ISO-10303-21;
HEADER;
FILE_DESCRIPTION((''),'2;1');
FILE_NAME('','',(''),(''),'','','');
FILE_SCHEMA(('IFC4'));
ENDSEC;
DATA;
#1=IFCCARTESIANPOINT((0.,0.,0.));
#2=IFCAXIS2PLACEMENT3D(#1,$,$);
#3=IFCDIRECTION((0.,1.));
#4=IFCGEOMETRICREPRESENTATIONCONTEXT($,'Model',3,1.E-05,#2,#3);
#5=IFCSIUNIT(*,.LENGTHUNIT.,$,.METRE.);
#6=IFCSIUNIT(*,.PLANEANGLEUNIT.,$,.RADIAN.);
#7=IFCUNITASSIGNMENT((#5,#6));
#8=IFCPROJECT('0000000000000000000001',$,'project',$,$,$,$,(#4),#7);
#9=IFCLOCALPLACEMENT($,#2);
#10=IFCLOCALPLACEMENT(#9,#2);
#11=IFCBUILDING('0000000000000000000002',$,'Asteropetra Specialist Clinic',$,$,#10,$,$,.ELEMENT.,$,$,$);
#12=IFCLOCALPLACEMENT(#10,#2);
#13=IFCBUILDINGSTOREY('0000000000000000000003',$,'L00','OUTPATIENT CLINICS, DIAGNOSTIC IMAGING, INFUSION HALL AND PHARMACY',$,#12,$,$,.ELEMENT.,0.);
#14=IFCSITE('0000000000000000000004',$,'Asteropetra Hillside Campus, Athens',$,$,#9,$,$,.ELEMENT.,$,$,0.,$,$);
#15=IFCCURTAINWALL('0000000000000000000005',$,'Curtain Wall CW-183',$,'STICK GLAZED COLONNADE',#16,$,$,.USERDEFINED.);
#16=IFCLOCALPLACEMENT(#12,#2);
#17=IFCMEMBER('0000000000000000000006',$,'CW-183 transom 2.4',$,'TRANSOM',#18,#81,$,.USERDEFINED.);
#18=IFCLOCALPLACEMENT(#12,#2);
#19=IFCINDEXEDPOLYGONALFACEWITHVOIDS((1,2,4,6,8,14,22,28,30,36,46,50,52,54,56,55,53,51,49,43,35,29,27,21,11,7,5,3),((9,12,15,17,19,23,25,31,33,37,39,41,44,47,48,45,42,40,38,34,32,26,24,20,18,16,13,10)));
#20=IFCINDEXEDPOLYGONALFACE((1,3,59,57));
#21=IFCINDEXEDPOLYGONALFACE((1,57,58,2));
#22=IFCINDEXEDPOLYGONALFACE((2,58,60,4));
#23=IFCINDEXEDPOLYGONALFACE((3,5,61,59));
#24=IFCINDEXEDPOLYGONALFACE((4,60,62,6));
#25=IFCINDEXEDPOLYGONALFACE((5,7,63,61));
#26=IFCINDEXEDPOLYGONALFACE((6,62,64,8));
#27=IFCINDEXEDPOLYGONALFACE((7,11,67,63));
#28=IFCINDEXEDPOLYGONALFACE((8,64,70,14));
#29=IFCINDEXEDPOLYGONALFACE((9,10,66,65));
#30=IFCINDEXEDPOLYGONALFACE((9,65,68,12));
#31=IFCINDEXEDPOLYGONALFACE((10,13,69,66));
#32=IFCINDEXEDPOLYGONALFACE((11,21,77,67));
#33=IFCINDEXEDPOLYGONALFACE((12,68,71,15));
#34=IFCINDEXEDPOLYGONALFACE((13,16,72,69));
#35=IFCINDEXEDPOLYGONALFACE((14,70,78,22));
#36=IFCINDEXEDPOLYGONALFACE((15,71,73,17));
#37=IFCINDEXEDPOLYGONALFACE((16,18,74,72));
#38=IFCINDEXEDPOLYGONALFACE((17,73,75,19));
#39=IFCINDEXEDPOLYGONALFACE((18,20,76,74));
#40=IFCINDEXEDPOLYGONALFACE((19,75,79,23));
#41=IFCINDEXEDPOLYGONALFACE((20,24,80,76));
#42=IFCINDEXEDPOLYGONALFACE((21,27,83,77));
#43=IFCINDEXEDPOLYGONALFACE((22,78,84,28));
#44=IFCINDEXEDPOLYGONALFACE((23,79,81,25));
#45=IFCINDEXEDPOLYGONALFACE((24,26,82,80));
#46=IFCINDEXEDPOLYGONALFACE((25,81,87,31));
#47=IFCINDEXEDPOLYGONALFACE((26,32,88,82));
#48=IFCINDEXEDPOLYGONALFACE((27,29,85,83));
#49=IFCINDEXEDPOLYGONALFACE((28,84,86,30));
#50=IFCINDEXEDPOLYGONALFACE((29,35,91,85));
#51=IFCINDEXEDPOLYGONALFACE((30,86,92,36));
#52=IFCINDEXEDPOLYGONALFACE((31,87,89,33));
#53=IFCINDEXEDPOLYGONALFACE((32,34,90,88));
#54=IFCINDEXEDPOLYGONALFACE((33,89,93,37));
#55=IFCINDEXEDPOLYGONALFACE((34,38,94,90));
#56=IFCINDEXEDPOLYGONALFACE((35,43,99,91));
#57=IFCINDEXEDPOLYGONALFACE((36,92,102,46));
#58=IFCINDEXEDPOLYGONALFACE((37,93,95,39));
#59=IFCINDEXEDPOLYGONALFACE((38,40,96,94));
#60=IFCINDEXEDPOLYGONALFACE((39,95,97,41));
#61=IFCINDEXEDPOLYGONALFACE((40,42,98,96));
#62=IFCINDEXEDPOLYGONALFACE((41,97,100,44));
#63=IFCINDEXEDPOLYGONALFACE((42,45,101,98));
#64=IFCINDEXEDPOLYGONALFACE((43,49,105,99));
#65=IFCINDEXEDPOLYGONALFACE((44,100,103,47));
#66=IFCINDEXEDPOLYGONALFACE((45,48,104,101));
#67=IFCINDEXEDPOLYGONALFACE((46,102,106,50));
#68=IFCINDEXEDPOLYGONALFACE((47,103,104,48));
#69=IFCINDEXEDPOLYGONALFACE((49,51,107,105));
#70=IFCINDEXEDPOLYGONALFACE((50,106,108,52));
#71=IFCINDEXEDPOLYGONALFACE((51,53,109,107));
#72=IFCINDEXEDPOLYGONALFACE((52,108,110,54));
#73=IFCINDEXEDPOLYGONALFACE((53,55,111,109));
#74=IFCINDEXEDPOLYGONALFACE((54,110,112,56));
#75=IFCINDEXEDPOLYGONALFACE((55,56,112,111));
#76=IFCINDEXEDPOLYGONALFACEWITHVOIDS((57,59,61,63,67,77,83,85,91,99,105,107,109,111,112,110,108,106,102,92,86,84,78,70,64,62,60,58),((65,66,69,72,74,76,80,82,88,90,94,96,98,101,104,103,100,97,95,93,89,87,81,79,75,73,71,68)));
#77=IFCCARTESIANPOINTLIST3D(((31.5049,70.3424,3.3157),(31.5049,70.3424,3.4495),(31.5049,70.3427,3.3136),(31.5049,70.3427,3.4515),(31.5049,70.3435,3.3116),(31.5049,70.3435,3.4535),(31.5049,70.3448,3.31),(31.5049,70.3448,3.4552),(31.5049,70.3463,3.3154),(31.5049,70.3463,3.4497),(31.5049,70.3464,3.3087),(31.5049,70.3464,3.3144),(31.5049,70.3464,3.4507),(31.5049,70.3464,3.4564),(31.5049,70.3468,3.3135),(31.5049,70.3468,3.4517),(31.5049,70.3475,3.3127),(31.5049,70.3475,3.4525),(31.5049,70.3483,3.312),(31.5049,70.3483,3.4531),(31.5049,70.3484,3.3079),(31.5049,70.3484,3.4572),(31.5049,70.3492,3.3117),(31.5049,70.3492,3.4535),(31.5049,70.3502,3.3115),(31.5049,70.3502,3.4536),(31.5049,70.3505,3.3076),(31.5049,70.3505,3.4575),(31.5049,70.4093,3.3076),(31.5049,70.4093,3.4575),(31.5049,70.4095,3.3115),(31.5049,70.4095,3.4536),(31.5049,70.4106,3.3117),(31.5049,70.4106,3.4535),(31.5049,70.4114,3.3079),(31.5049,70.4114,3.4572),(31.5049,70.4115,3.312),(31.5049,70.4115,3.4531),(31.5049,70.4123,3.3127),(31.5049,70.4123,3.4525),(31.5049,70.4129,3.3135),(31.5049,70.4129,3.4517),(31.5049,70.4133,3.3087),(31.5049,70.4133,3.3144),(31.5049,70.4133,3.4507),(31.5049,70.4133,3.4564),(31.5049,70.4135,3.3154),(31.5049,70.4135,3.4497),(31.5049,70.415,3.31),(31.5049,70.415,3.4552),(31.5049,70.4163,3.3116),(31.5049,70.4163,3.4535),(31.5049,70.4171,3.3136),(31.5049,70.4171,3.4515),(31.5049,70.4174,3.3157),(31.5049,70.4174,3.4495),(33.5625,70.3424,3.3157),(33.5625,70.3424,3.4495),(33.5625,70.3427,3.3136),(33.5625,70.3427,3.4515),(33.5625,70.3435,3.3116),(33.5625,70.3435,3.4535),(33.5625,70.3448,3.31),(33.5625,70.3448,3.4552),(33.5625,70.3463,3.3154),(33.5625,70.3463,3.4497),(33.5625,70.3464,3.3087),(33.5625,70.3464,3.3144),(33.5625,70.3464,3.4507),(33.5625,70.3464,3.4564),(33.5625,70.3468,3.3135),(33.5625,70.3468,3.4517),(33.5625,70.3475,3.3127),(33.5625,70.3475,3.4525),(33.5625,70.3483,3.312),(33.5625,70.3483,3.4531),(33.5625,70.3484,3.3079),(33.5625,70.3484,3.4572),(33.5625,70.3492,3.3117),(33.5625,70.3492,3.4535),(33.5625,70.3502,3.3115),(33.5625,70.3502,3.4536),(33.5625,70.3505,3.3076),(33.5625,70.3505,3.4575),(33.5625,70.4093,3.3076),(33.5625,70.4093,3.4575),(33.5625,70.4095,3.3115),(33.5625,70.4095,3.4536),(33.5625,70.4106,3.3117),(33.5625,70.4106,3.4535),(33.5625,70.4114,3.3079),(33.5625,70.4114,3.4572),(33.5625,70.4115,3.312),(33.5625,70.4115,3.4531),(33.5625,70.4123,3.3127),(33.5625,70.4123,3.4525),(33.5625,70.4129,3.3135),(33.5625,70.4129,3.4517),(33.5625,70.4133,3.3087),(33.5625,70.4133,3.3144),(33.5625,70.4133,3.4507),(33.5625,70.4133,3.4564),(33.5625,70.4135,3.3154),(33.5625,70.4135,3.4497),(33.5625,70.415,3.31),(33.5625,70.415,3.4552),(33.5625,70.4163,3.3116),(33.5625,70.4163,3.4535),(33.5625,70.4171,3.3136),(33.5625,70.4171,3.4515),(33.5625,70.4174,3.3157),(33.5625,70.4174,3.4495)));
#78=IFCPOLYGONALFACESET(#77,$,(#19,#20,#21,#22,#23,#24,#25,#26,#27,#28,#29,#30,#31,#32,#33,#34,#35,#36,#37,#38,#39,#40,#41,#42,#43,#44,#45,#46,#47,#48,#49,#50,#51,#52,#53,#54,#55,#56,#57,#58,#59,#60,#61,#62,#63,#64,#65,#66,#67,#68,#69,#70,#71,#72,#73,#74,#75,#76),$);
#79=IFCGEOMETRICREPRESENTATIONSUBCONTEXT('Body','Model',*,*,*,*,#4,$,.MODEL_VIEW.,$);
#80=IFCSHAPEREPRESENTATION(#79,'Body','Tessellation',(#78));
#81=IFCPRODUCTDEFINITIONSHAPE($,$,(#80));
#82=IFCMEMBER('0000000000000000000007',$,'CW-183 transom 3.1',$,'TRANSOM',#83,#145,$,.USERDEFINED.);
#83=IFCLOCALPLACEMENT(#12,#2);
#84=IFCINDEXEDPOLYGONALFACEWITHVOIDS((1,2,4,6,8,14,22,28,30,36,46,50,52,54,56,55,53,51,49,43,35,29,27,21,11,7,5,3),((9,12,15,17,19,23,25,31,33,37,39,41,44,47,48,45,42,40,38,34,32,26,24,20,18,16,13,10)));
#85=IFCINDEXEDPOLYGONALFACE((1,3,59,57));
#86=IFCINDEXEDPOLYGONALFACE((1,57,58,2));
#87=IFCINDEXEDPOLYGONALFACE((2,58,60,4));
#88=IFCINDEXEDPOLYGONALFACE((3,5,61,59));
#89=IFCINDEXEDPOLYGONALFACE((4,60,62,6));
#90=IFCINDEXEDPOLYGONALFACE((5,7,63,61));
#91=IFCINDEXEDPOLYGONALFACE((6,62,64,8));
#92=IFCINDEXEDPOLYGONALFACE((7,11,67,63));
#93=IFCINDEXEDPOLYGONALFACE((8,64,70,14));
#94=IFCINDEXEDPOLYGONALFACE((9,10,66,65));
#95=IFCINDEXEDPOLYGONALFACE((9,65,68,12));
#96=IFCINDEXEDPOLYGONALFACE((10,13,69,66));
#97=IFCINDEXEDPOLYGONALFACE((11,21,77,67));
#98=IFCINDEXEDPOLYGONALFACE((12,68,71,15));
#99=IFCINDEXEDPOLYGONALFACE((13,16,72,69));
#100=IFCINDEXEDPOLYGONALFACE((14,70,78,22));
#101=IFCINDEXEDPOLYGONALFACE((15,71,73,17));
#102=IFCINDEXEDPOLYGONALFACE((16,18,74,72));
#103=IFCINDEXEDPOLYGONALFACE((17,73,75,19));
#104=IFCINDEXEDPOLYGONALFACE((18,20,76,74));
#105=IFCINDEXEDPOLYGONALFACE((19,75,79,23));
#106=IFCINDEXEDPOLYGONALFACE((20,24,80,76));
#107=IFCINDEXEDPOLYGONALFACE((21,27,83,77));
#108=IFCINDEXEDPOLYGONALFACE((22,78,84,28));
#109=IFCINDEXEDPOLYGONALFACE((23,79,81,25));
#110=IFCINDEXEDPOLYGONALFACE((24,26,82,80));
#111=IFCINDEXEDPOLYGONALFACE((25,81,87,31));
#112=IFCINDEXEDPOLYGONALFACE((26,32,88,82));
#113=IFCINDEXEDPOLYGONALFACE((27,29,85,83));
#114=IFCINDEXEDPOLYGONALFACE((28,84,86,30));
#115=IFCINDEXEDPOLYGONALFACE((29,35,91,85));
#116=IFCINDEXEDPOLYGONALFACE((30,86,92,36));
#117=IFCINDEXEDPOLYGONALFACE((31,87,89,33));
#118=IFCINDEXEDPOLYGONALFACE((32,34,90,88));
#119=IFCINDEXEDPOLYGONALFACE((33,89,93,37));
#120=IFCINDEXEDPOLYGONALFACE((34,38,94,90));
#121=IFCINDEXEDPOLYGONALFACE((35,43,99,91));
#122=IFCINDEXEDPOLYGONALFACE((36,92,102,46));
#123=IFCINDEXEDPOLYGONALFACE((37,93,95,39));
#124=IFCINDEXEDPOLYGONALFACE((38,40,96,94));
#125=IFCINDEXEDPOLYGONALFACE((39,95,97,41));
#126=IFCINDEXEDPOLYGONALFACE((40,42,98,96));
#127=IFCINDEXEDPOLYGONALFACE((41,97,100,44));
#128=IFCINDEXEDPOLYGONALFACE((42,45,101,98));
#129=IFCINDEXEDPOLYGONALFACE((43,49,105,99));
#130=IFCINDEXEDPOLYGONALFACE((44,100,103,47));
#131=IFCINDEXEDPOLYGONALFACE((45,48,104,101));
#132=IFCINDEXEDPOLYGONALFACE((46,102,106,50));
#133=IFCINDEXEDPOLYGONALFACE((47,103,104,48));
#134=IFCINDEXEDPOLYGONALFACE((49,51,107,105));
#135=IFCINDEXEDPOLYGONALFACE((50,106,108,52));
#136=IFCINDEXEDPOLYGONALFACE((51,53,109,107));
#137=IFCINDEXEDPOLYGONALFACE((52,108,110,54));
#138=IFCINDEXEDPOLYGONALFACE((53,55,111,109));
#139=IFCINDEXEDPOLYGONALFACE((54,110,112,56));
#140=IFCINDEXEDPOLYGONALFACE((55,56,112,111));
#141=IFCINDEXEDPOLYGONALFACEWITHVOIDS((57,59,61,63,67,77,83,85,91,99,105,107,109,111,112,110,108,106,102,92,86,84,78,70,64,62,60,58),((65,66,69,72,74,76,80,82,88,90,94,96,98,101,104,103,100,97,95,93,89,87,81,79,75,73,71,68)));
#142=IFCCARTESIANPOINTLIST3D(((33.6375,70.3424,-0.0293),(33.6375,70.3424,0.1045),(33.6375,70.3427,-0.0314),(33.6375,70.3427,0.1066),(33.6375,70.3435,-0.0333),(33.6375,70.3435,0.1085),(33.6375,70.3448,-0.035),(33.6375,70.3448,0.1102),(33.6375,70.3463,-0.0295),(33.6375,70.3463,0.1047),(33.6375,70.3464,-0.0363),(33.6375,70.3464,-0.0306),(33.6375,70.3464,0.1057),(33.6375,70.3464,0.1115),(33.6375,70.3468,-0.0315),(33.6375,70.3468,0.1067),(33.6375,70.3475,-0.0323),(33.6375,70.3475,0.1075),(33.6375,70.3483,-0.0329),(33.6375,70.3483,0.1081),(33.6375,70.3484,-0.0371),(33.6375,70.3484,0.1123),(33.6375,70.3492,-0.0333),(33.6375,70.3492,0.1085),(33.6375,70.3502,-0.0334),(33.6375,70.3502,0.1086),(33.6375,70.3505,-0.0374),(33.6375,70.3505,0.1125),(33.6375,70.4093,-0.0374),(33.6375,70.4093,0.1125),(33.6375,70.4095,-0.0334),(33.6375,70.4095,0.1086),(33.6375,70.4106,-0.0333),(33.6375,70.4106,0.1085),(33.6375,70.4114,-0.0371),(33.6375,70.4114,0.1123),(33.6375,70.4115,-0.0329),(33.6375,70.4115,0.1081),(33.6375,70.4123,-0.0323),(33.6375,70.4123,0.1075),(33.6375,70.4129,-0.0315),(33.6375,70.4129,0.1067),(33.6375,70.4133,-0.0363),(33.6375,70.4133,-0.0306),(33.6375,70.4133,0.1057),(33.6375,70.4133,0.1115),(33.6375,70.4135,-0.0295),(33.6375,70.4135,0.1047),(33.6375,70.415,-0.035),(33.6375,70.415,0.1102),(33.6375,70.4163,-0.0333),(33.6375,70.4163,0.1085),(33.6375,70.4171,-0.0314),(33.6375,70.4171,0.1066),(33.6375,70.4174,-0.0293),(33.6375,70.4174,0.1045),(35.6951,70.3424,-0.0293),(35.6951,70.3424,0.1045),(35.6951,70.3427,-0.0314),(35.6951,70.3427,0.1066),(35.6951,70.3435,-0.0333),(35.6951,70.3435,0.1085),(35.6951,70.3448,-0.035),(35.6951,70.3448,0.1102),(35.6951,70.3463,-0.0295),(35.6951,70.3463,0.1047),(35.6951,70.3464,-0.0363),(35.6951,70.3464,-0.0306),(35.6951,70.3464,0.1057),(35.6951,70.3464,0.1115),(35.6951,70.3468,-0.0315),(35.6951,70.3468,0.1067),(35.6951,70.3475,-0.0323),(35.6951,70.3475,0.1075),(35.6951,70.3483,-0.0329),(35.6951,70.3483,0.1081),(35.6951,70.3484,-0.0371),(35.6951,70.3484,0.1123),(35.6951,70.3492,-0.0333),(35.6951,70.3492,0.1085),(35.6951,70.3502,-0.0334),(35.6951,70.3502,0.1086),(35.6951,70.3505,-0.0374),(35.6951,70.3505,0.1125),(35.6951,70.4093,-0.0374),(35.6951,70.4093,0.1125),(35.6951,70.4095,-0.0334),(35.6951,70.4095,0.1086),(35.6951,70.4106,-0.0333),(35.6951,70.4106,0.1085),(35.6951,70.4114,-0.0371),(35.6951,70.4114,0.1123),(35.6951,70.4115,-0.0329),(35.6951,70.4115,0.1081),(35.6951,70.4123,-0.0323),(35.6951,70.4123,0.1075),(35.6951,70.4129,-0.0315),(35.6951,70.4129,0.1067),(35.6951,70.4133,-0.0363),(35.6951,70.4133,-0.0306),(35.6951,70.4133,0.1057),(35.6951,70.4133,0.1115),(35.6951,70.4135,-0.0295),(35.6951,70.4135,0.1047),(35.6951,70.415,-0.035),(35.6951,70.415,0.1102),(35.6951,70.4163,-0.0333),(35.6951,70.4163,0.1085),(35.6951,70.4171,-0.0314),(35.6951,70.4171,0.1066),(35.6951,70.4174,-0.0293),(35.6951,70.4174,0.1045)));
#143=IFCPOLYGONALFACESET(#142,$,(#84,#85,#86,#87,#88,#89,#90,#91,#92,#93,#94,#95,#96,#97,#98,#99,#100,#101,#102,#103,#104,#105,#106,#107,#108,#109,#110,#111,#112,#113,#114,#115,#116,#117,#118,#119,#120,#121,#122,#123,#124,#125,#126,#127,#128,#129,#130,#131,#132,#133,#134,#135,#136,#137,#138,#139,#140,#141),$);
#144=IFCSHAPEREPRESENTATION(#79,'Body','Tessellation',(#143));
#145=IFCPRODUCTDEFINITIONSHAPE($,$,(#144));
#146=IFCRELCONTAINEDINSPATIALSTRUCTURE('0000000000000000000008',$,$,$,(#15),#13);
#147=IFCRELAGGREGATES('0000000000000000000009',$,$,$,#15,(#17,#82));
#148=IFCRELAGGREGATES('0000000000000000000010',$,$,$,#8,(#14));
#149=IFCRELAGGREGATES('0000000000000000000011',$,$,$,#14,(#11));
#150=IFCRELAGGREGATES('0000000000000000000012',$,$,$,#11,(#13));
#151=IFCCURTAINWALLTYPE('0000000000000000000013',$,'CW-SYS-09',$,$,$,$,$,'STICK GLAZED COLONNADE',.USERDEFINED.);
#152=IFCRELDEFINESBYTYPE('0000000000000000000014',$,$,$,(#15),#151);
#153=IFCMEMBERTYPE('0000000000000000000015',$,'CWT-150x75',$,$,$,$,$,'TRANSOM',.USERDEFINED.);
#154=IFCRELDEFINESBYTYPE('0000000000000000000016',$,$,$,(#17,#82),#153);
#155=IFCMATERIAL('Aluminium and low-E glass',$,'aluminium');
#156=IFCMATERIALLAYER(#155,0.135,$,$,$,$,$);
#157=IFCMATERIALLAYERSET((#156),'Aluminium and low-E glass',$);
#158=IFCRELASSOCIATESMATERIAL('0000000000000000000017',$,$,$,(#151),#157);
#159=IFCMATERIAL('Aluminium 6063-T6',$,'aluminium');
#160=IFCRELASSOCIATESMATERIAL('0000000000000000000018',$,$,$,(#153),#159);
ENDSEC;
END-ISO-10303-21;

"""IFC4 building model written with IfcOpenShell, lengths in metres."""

from ifc_helpers import new_model, si_unit, direction, frame, origin, origin_2d, place, context, subcontext, project, spatial, hollow_rectangle, extrude, material, layer, layer_set, material_profile, profile_set, type_object, element, aggregate, save


model = new_model("IFC4")

# Units and contexts
model_context = context("Model", 3, precision=1e-05, world=origin(), true_north=direction((0.0, 1.0)))
body_context = subcontext(model_context, "Body", "Model", "MODEL_VIEW")
ifc_project = project(units=[si_unit("LENGTHUNIT", "METRE"), si_unit("PLANEANGLEUNIT", "RADIAN")], contexts=[model_context])

# Site, building, storey
site_placement = place(None, origin())
site = spatial("IfcSite", under=ifc_project, at=site_placement, Name="Asteropetra Hillside Campus, Athens", CompositionType="ELEMENT", RefElevation=0.0)
building_placement = place(site_placement, origin())
building = spatial("IfcBuilding", under=site, at=building_placement, Name="Asteropetra Specialist Clinic", CompositionType="ELEMENT")
storey_placement = place(building_placement, origin())
storey = spatial("IfcBuildingStorey", under=building, at=storey_placement, Name="L00", Description="OUTPATIENT CLINICS, DIAGNOSTIC IMAGING, INFUSION HALL AND PHARMACY", CompositionType="ELEMENT", Elevation=0.0)

# Curtain wall, members
ifc_material_1 = material(Name="Aluminium and low-E glass", Category="aluminium")
ifc_layer_1 = layer(ifc_material_1, 0.135)
ifc_layer_set_1 = layer_set([ifc_layer_1], Name="Aluminium and low-E glass")
curtain_wall_type = type_object("IfcCurtainWallType", Name="CW-SYS-09", ElementType="STICK GLAZED COLONNADE", PredefinedType="USERDEFINED", material=ifc_layer_set_1)
curtain_wall_placement = place(storey_placement, origin())
curtain_wall = element("IfcCurtainWall", 1, at=curtain_wall_placement, inside=storey, type_object=curtain_wall_type, Name="Curtain Wall CW-183", ObjectType="STICK GLAZED COLONNADE", PredefinedType="USERDEFINED")
ifc_material_2 = material(Name="Aluminium 6063-T6", Category="aluminium")
ifc_material_profile_1 = material_profile(ifc_material_2, hollow_rectangle(XDim=0.075, YDim=0.1499, WallThickness=0.0039, InnerFilletRadius=0.0039, OuterFilletRadius=0.0081, at=origin_2d()), Name="TRN 150x75x4.0")
ifc_profile_set_1 = profile_set([ifc_material_profile_1], Name="Aluminium 6063-T6")
member_type_1 = type_object("IfcMemberType", Name="CWT-150x75", ElementType="TRANSOM", PredefinedType="USERDEFINED", material=ifc_profile_set_1)
member_1_placement = place(storey_placement, frame((31.5049, 70.3799, 3.3826), z_axis=(1.0, 0.0, 0.0), x_axis=(0.0, 1.0, 0.0)))
member_1 = element("IfcMember", 2, at=member_1_placement, type_object=member_type_1, Name="CW-183 transom 2.4", ObjectType="TRANSOM", PredefinedType="USERDEFINED", context=body_context, shape_type="SweptSolid", body=[
    extrude(hollow_rectangle(XDim=0.075, YDim=0.1499, WallThickness=0.0039, InnerFilletRadius=0.0039, OuterFilletRadius=0.0081, at=origin_2d()), origin(), (0.0, 0.0, 1.0), 2.0576),
])
member_2_placement = place(storey_placement, frame((33.6375, 70.3799, 0.0376), z_axis=(1.0, 0.0, 0.0), x_axis=(0.0, 1.0, 0.0)))
member_2 = element("IfcMember", 3, at=member_2_placement, type_object=member_type_1, Name="CW-183 transom 3.1", ObjectType="TRANSOM", PredefinedType="USERDEFINED", context=body_context, shape_type="SweptSolid", body=[
    extrude(hollow_rectangle(XDim=0.075, YDim=0.1499, WallThickness=0.0039, InnerFilletRadius=0.0039, OuterFilletRadius=0.0081, at=origin_2d()), origin(), (0.0, 0.0, 1.0), 2.0576),
])
aggregate(curtain_wall, [member_1, member_2])

save(model, "model.ifc")
